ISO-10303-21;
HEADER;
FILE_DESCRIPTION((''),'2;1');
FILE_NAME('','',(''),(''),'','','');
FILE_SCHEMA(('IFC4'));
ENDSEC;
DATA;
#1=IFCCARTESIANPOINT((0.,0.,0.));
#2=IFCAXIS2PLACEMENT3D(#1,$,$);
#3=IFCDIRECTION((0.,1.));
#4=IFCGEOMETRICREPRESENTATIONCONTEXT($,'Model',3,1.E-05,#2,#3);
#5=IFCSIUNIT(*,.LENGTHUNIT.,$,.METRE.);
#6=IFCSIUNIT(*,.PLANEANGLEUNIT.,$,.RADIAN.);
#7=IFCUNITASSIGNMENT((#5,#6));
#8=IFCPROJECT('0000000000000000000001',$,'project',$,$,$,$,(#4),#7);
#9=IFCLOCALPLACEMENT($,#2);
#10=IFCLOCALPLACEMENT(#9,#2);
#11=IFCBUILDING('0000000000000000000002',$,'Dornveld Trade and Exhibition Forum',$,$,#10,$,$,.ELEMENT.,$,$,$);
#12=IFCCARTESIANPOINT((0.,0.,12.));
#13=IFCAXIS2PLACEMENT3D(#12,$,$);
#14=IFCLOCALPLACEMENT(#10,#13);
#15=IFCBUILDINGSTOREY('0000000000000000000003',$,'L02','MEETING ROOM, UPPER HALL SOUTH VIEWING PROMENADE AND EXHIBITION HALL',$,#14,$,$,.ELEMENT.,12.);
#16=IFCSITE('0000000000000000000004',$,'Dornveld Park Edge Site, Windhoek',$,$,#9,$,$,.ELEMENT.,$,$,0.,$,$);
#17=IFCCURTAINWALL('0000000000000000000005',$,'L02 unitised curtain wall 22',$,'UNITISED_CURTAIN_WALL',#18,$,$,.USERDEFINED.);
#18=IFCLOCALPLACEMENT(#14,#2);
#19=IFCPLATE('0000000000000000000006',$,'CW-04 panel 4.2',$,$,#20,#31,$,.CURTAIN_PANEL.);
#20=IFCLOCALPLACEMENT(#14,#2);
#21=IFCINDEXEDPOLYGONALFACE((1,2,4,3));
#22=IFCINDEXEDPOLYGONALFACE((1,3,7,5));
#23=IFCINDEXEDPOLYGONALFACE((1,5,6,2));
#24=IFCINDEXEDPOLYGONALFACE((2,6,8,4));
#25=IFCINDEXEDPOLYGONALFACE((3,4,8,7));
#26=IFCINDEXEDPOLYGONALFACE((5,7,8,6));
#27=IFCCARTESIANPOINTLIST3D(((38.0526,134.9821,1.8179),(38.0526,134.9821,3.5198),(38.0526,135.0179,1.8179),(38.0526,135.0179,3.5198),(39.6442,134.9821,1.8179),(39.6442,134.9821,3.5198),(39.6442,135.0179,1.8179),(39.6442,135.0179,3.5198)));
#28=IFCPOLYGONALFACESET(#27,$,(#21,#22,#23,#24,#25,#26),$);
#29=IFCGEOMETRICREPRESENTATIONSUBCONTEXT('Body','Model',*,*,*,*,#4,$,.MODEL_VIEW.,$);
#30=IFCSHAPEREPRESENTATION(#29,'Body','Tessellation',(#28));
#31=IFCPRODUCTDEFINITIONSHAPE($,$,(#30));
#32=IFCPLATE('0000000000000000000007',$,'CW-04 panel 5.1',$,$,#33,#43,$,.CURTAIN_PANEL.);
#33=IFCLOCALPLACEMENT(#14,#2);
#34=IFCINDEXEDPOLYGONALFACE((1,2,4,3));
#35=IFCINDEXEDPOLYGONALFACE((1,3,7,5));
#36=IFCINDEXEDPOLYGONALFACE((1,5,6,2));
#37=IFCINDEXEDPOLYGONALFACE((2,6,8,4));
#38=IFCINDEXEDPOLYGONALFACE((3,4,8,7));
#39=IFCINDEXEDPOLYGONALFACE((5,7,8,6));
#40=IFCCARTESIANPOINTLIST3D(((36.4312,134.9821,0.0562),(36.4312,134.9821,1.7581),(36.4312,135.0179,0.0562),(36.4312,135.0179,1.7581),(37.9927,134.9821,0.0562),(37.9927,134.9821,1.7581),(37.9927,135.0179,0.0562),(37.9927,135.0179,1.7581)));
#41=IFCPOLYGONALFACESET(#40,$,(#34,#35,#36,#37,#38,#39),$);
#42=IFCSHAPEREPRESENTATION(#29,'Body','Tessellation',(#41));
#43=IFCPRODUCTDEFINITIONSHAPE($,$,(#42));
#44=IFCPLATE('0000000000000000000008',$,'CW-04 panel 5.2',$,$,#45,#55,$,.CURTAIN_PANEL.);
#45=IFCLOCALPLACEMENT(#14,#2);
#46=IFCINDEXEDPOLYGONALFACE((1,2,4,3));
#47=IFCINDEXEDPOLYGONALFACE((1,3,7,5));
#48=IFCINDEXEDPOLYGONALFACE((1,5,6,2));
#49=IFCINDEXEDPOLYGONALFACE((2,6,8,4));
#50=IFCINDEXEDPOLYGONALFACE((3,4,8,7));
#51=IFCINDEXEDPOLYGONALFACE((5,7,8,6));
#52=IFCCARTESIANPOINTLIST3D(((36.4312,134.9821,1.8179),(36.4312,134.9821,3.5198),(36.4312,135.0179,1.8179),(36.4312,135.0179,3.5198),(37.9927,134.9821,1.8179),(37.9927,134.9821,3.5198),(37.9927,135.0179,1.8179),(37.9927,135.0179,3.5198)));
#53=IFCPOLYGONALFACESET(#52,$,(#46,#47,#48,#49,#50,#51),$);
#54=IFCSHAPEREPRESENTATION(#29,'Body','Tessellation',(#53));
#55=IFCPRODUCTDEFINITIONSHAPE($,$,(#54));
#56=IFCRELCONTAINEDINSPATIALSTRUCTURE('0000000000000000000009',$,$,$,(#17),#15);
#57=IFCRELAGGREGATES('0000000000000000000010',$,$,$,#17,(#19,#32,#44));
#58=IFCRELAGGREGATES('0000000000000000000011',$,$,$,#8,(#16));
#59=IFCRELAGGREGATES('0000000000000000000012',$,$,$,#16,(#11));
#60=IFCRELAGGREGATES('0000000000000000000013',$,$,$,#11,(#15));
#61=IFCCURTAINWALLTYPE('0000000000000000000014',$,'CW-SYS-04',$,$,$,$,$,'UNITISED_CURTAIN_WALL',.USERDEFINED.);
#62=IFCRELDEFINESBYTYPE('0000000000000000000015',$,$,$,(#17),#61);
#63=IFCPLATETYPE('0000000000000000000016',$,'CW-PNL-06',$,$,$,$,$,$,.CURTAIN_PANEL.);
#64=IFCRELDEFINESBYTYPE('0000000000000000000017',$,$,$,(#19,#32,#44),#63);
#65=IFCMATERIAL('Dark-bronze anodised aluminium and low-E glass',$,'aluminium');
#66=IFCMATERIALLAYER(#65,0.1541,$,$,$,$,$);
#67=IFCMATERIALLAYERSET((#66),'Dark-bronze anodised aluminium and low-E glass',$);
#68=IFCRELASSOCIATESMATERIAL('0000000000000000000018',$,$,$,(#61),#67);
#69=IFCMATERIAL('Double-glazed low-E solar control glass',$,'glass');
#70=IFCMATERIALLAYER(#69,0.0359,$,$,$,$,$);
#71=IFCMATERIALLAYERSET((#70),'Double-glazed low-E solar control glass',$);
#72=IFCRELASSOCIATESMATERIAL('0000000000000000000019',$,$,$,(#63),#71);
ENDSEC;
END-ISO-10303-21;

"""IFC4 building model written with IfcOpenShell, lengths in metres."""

from ifc_helpers import new_model, si_unit, direction, frame, origin, origin_2d, place, context, subcontext, project, spatial, rectangle, extrude, material, layer, layer_set, type_object, element, aggregate, save


model = new_model("IFC4")

# Units and contexts
model_context = context("Model", 3, precision=1e-05, world=origin(), true_north=direction((0.0, 1.0)))
body_context = subcontext(model_context, "Body", "Model", "MODEL_VIEW")
ifc_project = project(units=[si_unit("LENGTHUNIT", "METRE"), si_unit("PLANEANGLEUNIT", "RADIAN")], contexts=[model_context])

# Site, building, storey
site_placement = place(None, origin())
site = spatial("IfcSite", under=ifc_project, at=site_placement, Name="Dornveld Park Edge Site, Windhoek", CompositionType="ELEMENT", RefElevation=0.0)
building_placement = place(site_placement, origin())
building = spatial("IfcBuilding", under=site, at=building_placement, Name="Dornveld Trade and Exhibition Forum", CompositionType="ELEMENT")
storey_placement = place(building_placement, frame((0.0, 0.0, 12.0)))
storey = spatial("IfcBuildingStorey", under=building, at=storey_placement, Name="L02", Description="MEETING ROOM, UPPER HALL SOUTH VIEWING PROMENADE AND EXHIBITION HALL", CompositionType="ELEMENT", Elevation=12.0)

# Curtain wall
ifc_material_1 = material(Name="Dark-bronze anodised aluminium and low-E glass", Category="aluminium")
ifc_layer_1 = layer(ifc_material_1, 0.1541)
ifc_layer_set_1 = layer_set([ifc_layer_1], Name="Dark-bronze anodised aluminium and low-E glass")
curtain_wall_type_1 = type_object("IfcCurtainWallType", Name="CW-SYS-04", ElementType="UNITISED_CURTAIN_WALL", PredefinedType="USERDEFINED", material=ifc_layer_set_1)
curtain_wall_1_placement = place(storey_placement, origin())
curtain_wall_1 = element("IfcCurtainWall", 1, at=curtain_wall_1_placement, inside=storey, type_object=curtain_wall_type_1, Name="L02 unitised curtain wall 22", ObjectType="UNITISED_CURTAIN_WALL", PredefinedType="USERDEFINED")

# Plates
ifc_material_2 = material(Name="Double-glazed low-E solar control glass", Category="glass")
ifc_layer_2 = layer(ifc_material_2, 0.0359)
ifc_layer_set_2 = layer_set([ifc_layer_2], Name="Double-glazed low-E solar control glass")
plate_type = type_object("IfcPlateType", Name="CW-PNL-06", PredefinedType="CURTAIN_PANEL", material=ifc_layer_set_2)
plate_1_placement = place(storey_placement, frame((38.8484, 135.0, 1.8179), z_axis=(0.0, 0.0, 1.0), x_axis=(-1.0, 0.0, 0.0)))
plate_1 = element("IfcPlate", 2, at=plate_1_placement, type_object=plate_type, Name="CW-04 panel 4.2", PredefinedType="CURTAIN_PANEL", context=body_context, shape_type="SweptSolid", body=[
    extrude(rectangle(XDim=1.5916, YDim=0.0359, at=origin_2d()), origin(), (0.0, 0.0, 1.0), 1.7019),
])
plate_2_placement = place(storey_placement, frame((37.2119, 135.0, 0.0562), z_axis=(0.0, 0.0, 1.0), x_axis=(-1.0, 0.0, 0.0)))
plate_2 = element("IfcPlate", 3, at=plate_2_placement, type_object=plate_type, Name="CW-04 panel 5.1", PredefinedType="CURTAIN_PANEL", context=body_context, shape_type="SweptSolid", body=[
    extrude(rectangle(XDim=1.5615, YDim=0.0359, at=origin_2d()), origin(), (0.0, 0.0, 1.0), 1.7019),
])
plate_3_placement = place(storey_placement, frame((37.2119, 135.0, 1.8179), z_axis=(0.0, 0.0, 1.0), x_axis=(-1.0, 0.0, 0.0)))
plate_3 = element("IfcPlate", 4, at=plate_3_placement, type_object=plate_type, Name="CW-04 panel 5.2", PredefinedType="CURTAIN_PANEL", context=body_context, shape_type="SweptSolid", body=[
    extrude(rectangle(XDim=1.5615, YDim=0.0359, at=origin_2d()), origin(), (0.0, 0.0, 1.0), 1.7019),
])
aggregate(curtain_wall_1, [plate_1, plate_2, plate_3])

save(model, "model.ifc")
